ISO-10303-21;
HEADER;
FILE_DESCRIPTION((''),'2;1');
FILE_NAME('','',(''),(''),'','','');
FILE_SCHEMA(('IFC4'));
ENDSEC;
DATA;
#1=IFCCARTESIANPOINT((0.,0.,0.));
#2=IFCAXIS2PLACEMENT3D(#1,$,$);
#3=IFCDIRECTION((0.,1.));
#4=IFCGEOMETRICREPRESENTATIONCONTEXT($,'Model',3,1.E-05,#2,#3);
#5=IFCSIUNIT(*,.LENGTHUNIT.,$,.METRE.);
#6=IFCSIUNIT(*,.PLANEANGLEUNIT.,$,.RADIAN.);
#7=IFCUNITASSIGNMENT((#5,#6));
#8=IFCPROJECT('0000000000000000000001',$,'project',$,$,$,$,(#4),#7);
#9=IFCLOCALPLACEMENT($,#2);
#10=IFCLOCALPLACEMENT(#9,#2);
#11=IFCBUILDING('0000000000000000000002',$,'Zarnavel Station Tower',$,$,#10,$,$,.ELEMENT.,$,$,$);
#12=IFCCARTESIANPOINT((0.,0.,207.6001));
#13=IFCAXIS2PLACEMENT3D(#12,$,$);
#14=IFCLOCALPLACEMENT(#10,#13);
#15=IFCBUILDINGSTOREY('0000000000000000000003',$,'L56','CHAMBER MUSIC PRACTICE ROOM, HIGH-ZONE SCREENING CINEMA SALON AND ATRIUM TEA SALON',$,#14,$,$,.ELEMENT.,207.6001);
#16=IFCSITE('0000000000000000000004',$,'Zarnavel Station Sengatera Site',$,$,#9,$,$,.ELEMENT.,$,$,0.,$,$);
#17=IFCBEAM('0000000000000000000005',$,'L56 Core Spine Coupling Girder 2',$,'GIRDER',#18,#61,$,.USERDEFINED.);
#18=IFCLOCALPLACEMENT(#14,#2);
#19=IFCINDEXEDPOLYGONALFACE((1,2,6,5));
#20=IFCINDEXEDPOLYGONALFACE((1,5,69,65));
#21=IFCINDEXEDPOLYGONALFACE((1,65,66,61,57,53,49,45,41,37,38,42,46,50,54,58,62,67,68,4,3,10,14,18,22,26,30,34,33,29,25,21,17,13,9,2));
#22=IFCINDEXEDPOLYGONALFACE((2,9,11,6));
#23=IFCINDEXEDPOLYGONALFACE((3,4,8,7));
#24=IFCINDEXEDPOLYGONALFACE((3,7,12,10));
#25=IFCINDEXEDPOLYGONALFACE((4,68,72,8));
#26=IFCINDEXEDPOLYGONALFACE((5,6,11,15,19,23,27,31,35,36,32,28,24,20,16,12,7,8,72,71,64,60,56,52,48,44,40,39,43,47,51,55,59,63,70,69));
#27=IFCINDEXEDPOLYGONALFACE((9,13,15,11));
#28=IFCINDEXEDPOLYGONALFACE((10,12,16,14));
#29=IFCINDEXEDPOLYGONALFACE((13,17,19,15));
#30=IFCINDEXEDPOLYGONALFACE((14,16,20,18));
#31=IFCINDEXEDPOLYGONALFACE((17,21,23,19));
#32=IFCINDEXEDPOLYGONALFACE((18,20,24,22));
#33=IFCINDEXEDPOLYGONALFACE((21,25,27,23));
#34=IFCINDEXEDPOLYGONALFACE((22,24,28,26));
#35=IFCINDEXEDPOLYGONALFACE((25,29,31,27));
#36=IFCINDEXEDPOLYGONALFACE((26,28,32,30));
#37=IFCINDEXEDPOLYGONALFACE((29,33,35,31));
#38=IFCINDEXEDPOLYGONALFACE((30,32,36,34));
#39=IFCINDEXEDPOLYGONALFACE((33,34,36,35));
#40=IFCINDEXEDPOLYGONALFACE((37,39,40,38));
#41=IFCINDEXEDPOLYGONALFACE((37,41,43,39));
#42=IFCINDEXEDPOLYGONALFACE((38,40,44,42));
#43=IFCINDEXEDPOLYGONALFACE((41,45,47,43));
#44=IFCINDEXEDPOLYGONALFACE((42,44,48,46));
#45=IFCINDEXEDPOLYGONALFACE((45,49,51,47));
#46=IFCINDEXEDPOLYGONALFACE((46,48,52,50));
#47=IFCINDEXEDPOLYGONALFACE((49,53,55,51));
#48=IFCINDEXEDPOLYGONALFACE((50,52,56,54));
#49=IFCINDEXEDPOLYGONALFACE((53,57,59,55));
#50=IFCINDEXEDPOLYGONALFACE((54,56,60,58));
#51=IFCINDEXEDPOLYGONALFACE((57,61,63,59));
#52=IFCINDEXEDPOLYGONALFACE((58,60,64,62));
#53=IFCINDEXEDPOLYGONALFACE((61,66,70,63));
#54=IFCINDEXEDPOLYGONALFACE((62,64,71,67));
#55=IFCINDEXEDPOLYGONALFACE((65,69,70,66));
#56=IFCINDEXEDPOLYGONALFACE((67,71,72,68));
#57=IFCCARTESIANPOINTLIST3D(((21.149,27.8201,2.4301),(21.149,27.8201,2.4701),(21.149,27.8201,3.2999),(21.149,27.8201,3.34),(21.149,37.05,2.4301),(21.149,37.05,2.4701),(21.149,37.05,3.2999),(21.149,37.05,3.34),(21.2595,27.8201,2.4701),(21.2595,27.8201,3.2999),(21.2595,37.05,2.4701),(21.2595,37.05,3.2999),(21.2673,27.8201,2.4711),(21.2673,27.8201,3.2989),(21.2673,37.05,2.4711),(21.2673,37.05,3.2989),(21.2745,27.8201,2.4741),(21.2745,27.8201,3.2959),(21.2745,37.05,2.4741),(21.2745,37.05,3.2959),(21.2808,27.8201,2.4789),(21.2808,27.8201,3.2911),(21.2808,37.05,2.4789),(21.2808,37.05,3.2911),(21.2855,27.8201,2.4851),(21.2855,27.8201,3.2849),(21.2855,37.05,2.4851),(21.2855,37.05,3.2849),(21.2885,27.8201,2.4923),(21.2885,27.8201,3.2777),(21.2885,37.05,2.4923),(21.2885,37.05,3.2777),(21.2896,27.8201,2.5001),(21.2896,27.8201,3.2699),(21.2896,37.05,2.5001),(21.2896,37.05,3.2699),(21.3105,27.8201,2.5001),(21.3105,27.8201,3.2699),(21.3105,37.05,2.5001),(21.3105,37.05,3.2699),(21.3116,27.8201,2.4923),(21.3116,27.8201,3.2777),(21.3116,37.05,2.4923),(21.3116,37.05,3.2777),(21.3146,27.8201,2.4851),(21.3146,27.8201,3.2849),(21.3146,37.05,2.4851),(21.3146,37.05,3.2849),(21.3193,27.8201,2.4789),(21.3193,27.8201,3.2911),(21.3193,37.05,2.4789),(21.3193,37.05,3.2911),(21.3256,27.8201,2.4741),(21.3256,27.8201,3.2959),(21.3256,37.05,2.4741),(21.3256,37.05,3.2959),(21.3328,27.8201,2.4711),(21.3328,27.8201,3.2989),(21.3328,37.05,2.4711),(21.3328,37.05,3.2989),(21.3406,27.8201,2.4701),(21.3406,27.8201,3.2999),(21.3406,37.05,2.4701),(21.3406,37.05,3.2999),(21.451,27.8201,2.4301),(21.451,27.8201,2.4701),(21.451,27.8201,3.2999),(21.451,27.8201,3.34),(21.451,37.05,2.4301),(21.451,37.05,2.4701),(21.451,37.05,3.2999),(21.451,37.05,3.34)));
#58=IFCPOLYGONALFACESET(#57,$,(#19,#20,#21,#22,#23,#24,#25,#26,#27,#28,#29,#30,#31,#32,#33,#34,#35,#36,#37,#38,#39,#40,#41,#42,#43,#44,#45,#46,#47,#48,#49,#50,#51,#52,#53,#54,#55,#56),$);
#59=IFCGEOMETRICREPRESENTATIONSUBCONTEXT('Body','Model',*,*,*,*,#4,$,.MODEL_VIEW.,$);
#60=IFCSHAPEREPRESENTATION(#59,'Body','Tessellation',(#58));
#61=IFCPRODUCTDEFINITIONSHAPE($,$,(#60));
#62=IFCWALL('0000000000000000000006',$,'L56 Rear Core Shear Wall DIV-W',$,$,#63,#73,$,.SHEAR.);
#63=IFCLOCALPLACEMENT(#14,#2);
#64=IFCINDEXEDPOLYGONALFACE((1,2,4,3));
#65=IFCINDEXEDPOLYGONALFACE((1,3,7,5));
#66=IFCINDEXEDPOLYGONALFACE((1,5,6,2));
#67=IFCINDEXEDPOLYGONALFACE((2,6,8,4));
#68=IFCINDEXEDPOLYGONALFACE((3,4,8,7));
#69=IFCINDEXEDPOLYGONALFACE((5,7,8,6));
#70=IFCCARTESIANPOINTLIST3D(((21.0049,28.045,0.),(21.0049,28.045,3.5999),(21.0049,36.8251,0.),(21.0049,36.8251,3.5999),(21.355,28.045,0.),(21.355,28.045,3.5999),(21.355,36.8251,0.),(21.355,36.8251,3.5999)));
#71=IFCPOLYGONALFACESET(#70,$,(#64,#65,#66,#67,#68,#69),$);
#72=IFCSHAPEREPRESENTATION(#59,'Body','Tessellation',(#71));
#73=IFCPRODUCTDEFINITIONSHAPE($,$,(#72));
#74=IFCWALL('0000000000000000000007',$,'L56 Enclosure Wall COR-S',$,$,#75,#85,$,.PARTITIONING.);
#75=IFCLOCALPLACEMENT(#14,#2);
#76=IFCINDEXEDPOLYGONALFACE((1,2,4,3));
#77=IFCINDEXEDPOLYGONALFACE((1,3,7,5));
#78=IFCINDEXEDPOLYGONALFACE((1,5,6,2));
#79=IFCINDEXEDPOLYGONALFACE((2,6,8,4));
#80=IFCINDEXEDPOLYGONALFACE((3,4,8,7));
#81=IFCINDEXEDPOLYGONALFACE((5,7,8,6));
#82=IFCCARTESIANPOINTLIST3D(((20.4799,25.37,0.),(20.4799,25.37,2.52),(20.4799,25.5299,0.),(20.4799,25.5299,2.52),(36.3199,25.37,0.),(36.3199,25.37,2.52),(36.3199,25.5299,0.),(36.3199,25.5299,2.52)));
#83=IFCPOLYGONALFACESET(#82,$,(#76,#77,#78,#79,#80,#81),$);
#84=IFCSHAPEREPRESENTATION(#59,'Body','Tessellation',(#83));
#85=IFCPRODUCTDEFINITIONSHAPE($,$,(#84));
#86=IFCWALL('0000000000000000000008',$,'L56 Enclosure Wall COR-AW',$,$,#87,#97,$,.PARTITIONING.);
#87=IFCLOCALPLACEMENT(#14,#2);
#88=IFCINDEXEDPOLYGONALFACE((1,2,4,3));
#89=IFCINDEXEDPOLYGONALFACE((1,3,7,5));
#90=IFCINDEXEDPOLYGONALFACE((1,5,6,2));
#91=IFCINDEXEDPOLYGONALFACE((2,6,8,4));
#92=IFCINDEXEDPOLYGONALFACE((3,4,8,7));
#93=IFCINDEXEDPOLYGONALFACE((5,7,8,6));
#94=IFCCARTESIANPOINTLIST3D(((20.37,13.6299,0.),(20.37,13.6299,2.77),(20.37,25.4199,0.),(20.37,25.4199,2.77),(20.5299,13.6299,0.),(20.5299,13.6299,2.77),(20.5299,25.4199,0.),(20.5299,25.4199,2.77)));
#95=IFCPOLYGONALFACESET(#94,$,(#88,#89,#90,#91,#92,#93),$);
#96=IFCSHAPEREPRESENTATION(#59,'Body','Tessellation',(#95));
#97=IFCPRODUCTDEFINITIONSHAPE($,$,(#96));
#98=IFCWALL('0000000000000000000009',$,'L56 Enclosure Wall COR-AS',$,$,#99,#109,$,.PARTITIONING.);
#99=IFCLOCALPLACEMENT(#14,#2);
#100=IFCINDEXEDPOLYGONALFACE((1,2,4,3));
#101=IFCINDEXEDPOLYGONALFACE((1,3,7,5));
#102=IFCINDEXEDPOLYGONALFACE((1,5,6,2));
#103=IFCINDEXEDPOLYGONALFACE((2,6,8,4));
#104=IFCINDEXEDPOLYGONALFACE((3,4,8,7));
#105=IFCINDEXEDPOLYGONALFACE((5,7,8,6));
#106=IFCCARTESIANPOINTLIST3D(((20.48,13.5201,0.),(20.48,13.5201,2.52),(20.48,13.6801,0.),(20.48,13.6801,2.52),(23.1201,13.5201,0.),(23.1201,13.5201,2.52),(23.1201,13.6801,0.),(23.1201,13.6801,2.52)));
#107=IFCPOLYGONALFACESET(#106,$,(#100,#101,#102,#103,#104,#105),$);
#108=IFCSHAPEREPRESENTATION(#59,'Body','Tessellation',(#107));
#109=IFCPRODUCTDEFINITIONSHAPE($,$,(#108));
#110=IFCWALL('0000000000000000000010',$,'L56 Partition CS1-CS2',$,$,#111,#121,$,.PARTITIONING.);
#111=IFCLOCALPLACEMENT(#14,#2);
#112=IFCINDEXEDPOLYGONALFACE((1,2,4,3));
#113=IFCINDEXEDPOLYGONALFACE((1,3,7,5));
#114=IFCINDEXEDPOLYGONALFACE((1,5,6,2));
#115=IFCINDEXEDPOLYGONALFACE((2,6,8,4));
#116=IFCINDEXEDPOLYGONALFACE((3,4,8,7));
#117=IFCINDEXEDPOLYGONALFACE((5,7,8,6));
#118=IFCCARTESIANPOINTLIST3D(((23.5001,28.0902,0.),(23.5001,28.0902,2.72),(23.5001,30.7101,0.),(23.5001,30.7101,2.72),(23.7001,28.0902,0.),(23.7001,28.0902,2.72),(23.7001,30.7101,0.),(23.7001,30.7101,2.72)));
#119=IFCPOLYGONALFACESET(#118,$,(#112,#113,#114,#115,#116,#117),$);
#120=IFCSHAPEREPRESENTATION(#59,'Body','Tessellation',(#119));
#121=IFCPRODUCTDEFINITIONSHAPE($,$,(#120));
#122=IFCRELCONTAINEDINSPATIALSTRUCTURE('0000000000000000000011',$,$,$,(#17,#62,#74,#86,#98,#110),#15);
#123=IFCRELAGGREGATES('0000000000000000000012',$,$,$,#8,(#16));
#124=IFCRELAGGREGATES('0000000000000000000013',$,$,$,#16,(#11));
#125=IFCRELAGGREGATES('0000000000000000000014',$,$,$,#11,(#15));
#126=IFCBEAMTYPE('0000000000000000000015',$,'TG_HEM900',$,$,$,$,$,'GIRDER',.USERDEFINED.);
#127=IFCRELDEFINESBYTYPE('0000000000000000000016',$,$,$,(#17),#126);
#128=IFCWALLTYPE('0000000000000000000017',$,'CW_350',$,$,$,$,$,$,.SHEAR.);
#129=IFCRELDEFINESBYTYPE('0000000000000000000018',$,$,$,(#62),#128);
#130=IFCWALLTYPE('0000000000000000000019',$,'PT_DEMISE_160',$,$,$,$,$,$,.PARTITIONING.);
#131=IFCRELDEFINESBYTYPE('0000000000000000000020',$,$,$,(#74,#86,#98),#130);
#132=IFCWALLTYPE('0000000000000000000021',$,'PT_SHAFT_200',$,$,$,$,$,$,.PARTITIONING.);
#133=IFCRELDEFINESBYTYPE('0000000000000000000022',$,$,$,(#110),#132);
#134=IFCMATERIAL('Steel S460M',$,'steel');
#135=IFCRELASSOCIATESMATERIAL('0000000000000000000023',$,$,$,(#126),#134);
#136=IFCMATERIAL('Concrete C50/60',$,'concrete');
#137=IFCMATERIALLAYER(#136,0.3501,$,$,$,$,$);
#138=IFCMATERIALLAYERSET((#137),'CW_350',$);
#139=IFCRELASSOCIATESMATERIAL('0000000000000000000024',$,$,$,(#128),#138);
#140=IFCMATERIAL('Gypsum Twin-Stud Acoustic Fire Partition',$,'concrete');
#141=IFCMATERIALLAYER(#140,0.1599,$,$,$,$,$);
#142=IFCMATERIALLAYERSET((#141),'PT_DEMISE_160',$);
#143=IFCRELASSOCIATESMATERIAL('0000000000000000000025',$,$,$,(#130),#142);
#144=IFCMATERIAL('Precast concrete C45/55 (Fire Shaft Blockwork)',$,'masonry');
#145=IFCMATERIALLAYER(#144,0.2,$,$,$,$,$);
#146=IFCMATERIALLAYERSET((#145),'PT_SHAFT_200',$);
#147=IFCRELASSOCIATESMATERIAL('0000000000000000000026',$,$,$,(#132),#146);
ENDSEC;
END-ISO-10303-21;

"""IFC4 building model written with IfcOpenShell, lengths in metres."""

from ifc_helpers import new_model, si_unit, direction, frame, frame_2d, origin, origin_2d, place, context, subcontext, project, spatial, rectangle, i_section, extrude, material, layer, layer_set, material_profile, profile_set, type_object, element, save


model = new_model("IFC4")

# Units and contexts
model_context = context("Model", 3, precision=1e-05, world=origin(), true_north=direction((0.0, 1.0)))
body_context = subcontext(model_context, "Body", "Model", "MODEL_VIEW")
ifc_project = project(units=[si_unit("LENGTHUNIT", "METRE"), si_unit("PLANEANGLEUNIT", "RADIAN")], contexts=[model_context])

# Site, building, storey
site_placement = place(None, origin())
site = spatial("IfcSite", under=ifc_project, at=site_placement, Name="Zarnavel Station Sengatera Site", CompositionType="ELEMENT", RefElevation=0.0)
building_placement = place(site_placement, origin())
building = spatial("IfcBuilding", under=site, at=building_placement, Name="Zarnavel Station Tower", CompositionType="ELEMENT")
storey_placement = place(building_placement, frame((0.0, 0.0, 207.6001)))
storey = spatial("IfcBuildingStorey", under=building, at=storey_placement, Name="L56", Description="CHAMBER MUSIC PRACTICE ROOM, HIGH-ZONE SCREENING CINEMA SALON AND ATRIUM TEA SALON", CompositionType="ELEMENT", Elevation=207.6001)

# Beam
ifc_material_1 = material(Name="Steel S460M", Category="steel")
ifc_material_profile_1 = material_profile(ifc_material_1, i_section(OverallWidth=0.302, OverallDepth=0.9099, WebThickness=0.021, FlangeThickness=0.04, FilletRadius=0.03, at=origin_2d()), Name="HEM900")
ifc_profile_set_1 = profile_set([ifc_material_profile_1], Name="Steel S460M")
beam_type_1 = type_object("IfcBeamType", Name="TG_HEM900", ElementType="GIRDER", PredefinedType="USERDEFINED", material=ifc_profile_set_1)
beam_1_placement = place(storey_placement, frame((21.3, 27.8201, 2.885), z_axis=(0.0, 1.0, 0.0), x_axis=(-1.0, 0.0, 0.0)))
element("IfcBeam", 1, at=beam_1_placement, inside=storey, type_object=beam_type_1, Name="L56 Core Spine Coupling Girder 2", ObjectType="GIRDER", PredefinedType="USERDEFINED", context=body_context, shape_type="SweptSolid", body=[
    extrude(i_section(OverallWidth=0.302, OverallDepth=0.9099, WebThickness=0.021, FlangeThickness=0.04, FilletRadius=0.03, at=origin_2d()), origin(), (0.0, 0.0, 1.0), 9.23),
])

# Wall
ifc_material_2 = material(Name="Concrete C50/60", Category="concrete")
ifc_layer_1 = layer(ifc_material_2, 0.3501)
ifc_layer_set_1 = layer_set([ifc_layer_1], Name="CW_350")
wall_type_1 = type_object("IfcWallType", Name="CW_350", PredefinedType="SHEAR", material=ifc_layer_set_1)
wall_1_placement = place(storey_placement, frame((21.1799, 28.0449, 0.0), z_axis=(0.0, 0.0, 1.0), x_axis=(0.0, 1.0, 0.0)))
element("IfcWall", 2, at=wall_1_placement, inside=storey, type_object=wall_type_1, Name="L56 Rear Core Shear Wall DIV-W", PredefinedType="SHEAR", context=body_context, shape_type="SweptSolid", body=[
    extrude(rectangle(XDim=8.78, YDim=0.3501, at=frame_2d((4.3901, 0.0))), origin(), (0.0, 0.0, 1.0), 3.5999),
])

# Walls
ifc_material_3 = material(Name="Gypsum Twin-Stud Acoustic Fire Partition", Category="concrete")
ifc_layer_2 = layer(ifc_material_3, 0.1599)
ifc_layer_set_2 = layer_set([ifc_layer_2], Name="PT_DEMISE_160")
wall_type_2 = type_object("IfcWallType", Name="PT_DEMISE_160", PredefinedType="PARTITIONING", material=ifc_layer_set_2)
wall_2_placement = place(storey_placement, frame((20.48, 25.45, 0.0), z_axis=(0.0, 0.0, 1.0), x_axis=(1.0, 0.0, 0.0)))
element("IfcWall", 3, at=wall_2_placement, inside=storey, type_object=wall_type_2, Name="L56 Enclosure Wall COR-S", PredefinedType="PARTITIONING", context=body_context, shape_type="SweptSolid", body=[
    extrude(rectangle(XDim=15.8401, YDim=0.1599, at=frame_2d((7.9199, 0.0))), origin(), (0.0, 0.0, 1.0), 2.52),
])
wall_3_placement = place(storey_placement, frame((20.45, 13.6299, 0.0), z_axis=(0.0, 0.0, 1.0), x_axis=(0.0, 1.0, 0.0)))
element("IfcWall", 4, at=wall_3_placement, inside=storey, type_object=wall_type_2, Name="L56 Enclosure Wall COR-AW", PredefinedType="PARTITIONING", context=body_context, shape_type="SweptSolid", body=[
    extrude(rectangle(XDim=11.79, YDim=0.1599, at=frame_2d((5.895, 0.0))), origin(), (0.0, 0.0, 1.0), 2.77),
])
wall_4_placement = place(storey_placement, frame((20.48, 13.6001, 0.0), z_axis=(0.0, 0.0, 1.0), x_axis=(1.0, 0.0, 0.0)))
element("IfcWall", 5, at=wall_4_placement, inside=storey, type_object=wall_type_2, Name="L56 Enclosure Wall COR-AS", PredefinedType="PARTITIONING", context=body_context, shape_type="SweptSolid", body=[
    extrude(rectangle(XDim=2.6401, YDim=0.1599, at=frame_2d((1.3201, 0.0))), origin(), (0.0, 0.0, 1.0), 2.52),
])

# Shared definitions
ifc_material_4 = material(Name="Precast concrete C45/55 (Fire Shaft Blockwork)", Category="masonry")
ifc_layer_3 = layer(ifc_material_4, 0.2)
ifc_layer_set_3 = layer_set([ifc_layer_3], Name="PT_SHAFT_200")
wall_type_3 = type_object("IfcWallType", Name="PT_SHAFT_200", PredefinedType="PARTITIONING", material=ifc_layer_set_3)

# Wall
wall_5_placement = place(storey_placement, frame((23.6001, 28.0901, 0.0), z_axis=(0.0, 0.0, 1.0), x_axis=(0.0, 1.0, 0.0)))
element("IfcWall", 6, at=wall_5_placement, inside=storey, type_object=wall_type_3, Name="L56 Partition CS1-CS2", PredefinedType="PARTITIONING", context=body_context, shape_type="SweptSolid", body=[
    extrude(rectangle(XDim=2.6199, YDim=0.2, at=frame_2d((1.3101, 0.0))), origin(), (0.0, 0.0, 1.0), 2.72),
])

save(model, "model.ifc")
